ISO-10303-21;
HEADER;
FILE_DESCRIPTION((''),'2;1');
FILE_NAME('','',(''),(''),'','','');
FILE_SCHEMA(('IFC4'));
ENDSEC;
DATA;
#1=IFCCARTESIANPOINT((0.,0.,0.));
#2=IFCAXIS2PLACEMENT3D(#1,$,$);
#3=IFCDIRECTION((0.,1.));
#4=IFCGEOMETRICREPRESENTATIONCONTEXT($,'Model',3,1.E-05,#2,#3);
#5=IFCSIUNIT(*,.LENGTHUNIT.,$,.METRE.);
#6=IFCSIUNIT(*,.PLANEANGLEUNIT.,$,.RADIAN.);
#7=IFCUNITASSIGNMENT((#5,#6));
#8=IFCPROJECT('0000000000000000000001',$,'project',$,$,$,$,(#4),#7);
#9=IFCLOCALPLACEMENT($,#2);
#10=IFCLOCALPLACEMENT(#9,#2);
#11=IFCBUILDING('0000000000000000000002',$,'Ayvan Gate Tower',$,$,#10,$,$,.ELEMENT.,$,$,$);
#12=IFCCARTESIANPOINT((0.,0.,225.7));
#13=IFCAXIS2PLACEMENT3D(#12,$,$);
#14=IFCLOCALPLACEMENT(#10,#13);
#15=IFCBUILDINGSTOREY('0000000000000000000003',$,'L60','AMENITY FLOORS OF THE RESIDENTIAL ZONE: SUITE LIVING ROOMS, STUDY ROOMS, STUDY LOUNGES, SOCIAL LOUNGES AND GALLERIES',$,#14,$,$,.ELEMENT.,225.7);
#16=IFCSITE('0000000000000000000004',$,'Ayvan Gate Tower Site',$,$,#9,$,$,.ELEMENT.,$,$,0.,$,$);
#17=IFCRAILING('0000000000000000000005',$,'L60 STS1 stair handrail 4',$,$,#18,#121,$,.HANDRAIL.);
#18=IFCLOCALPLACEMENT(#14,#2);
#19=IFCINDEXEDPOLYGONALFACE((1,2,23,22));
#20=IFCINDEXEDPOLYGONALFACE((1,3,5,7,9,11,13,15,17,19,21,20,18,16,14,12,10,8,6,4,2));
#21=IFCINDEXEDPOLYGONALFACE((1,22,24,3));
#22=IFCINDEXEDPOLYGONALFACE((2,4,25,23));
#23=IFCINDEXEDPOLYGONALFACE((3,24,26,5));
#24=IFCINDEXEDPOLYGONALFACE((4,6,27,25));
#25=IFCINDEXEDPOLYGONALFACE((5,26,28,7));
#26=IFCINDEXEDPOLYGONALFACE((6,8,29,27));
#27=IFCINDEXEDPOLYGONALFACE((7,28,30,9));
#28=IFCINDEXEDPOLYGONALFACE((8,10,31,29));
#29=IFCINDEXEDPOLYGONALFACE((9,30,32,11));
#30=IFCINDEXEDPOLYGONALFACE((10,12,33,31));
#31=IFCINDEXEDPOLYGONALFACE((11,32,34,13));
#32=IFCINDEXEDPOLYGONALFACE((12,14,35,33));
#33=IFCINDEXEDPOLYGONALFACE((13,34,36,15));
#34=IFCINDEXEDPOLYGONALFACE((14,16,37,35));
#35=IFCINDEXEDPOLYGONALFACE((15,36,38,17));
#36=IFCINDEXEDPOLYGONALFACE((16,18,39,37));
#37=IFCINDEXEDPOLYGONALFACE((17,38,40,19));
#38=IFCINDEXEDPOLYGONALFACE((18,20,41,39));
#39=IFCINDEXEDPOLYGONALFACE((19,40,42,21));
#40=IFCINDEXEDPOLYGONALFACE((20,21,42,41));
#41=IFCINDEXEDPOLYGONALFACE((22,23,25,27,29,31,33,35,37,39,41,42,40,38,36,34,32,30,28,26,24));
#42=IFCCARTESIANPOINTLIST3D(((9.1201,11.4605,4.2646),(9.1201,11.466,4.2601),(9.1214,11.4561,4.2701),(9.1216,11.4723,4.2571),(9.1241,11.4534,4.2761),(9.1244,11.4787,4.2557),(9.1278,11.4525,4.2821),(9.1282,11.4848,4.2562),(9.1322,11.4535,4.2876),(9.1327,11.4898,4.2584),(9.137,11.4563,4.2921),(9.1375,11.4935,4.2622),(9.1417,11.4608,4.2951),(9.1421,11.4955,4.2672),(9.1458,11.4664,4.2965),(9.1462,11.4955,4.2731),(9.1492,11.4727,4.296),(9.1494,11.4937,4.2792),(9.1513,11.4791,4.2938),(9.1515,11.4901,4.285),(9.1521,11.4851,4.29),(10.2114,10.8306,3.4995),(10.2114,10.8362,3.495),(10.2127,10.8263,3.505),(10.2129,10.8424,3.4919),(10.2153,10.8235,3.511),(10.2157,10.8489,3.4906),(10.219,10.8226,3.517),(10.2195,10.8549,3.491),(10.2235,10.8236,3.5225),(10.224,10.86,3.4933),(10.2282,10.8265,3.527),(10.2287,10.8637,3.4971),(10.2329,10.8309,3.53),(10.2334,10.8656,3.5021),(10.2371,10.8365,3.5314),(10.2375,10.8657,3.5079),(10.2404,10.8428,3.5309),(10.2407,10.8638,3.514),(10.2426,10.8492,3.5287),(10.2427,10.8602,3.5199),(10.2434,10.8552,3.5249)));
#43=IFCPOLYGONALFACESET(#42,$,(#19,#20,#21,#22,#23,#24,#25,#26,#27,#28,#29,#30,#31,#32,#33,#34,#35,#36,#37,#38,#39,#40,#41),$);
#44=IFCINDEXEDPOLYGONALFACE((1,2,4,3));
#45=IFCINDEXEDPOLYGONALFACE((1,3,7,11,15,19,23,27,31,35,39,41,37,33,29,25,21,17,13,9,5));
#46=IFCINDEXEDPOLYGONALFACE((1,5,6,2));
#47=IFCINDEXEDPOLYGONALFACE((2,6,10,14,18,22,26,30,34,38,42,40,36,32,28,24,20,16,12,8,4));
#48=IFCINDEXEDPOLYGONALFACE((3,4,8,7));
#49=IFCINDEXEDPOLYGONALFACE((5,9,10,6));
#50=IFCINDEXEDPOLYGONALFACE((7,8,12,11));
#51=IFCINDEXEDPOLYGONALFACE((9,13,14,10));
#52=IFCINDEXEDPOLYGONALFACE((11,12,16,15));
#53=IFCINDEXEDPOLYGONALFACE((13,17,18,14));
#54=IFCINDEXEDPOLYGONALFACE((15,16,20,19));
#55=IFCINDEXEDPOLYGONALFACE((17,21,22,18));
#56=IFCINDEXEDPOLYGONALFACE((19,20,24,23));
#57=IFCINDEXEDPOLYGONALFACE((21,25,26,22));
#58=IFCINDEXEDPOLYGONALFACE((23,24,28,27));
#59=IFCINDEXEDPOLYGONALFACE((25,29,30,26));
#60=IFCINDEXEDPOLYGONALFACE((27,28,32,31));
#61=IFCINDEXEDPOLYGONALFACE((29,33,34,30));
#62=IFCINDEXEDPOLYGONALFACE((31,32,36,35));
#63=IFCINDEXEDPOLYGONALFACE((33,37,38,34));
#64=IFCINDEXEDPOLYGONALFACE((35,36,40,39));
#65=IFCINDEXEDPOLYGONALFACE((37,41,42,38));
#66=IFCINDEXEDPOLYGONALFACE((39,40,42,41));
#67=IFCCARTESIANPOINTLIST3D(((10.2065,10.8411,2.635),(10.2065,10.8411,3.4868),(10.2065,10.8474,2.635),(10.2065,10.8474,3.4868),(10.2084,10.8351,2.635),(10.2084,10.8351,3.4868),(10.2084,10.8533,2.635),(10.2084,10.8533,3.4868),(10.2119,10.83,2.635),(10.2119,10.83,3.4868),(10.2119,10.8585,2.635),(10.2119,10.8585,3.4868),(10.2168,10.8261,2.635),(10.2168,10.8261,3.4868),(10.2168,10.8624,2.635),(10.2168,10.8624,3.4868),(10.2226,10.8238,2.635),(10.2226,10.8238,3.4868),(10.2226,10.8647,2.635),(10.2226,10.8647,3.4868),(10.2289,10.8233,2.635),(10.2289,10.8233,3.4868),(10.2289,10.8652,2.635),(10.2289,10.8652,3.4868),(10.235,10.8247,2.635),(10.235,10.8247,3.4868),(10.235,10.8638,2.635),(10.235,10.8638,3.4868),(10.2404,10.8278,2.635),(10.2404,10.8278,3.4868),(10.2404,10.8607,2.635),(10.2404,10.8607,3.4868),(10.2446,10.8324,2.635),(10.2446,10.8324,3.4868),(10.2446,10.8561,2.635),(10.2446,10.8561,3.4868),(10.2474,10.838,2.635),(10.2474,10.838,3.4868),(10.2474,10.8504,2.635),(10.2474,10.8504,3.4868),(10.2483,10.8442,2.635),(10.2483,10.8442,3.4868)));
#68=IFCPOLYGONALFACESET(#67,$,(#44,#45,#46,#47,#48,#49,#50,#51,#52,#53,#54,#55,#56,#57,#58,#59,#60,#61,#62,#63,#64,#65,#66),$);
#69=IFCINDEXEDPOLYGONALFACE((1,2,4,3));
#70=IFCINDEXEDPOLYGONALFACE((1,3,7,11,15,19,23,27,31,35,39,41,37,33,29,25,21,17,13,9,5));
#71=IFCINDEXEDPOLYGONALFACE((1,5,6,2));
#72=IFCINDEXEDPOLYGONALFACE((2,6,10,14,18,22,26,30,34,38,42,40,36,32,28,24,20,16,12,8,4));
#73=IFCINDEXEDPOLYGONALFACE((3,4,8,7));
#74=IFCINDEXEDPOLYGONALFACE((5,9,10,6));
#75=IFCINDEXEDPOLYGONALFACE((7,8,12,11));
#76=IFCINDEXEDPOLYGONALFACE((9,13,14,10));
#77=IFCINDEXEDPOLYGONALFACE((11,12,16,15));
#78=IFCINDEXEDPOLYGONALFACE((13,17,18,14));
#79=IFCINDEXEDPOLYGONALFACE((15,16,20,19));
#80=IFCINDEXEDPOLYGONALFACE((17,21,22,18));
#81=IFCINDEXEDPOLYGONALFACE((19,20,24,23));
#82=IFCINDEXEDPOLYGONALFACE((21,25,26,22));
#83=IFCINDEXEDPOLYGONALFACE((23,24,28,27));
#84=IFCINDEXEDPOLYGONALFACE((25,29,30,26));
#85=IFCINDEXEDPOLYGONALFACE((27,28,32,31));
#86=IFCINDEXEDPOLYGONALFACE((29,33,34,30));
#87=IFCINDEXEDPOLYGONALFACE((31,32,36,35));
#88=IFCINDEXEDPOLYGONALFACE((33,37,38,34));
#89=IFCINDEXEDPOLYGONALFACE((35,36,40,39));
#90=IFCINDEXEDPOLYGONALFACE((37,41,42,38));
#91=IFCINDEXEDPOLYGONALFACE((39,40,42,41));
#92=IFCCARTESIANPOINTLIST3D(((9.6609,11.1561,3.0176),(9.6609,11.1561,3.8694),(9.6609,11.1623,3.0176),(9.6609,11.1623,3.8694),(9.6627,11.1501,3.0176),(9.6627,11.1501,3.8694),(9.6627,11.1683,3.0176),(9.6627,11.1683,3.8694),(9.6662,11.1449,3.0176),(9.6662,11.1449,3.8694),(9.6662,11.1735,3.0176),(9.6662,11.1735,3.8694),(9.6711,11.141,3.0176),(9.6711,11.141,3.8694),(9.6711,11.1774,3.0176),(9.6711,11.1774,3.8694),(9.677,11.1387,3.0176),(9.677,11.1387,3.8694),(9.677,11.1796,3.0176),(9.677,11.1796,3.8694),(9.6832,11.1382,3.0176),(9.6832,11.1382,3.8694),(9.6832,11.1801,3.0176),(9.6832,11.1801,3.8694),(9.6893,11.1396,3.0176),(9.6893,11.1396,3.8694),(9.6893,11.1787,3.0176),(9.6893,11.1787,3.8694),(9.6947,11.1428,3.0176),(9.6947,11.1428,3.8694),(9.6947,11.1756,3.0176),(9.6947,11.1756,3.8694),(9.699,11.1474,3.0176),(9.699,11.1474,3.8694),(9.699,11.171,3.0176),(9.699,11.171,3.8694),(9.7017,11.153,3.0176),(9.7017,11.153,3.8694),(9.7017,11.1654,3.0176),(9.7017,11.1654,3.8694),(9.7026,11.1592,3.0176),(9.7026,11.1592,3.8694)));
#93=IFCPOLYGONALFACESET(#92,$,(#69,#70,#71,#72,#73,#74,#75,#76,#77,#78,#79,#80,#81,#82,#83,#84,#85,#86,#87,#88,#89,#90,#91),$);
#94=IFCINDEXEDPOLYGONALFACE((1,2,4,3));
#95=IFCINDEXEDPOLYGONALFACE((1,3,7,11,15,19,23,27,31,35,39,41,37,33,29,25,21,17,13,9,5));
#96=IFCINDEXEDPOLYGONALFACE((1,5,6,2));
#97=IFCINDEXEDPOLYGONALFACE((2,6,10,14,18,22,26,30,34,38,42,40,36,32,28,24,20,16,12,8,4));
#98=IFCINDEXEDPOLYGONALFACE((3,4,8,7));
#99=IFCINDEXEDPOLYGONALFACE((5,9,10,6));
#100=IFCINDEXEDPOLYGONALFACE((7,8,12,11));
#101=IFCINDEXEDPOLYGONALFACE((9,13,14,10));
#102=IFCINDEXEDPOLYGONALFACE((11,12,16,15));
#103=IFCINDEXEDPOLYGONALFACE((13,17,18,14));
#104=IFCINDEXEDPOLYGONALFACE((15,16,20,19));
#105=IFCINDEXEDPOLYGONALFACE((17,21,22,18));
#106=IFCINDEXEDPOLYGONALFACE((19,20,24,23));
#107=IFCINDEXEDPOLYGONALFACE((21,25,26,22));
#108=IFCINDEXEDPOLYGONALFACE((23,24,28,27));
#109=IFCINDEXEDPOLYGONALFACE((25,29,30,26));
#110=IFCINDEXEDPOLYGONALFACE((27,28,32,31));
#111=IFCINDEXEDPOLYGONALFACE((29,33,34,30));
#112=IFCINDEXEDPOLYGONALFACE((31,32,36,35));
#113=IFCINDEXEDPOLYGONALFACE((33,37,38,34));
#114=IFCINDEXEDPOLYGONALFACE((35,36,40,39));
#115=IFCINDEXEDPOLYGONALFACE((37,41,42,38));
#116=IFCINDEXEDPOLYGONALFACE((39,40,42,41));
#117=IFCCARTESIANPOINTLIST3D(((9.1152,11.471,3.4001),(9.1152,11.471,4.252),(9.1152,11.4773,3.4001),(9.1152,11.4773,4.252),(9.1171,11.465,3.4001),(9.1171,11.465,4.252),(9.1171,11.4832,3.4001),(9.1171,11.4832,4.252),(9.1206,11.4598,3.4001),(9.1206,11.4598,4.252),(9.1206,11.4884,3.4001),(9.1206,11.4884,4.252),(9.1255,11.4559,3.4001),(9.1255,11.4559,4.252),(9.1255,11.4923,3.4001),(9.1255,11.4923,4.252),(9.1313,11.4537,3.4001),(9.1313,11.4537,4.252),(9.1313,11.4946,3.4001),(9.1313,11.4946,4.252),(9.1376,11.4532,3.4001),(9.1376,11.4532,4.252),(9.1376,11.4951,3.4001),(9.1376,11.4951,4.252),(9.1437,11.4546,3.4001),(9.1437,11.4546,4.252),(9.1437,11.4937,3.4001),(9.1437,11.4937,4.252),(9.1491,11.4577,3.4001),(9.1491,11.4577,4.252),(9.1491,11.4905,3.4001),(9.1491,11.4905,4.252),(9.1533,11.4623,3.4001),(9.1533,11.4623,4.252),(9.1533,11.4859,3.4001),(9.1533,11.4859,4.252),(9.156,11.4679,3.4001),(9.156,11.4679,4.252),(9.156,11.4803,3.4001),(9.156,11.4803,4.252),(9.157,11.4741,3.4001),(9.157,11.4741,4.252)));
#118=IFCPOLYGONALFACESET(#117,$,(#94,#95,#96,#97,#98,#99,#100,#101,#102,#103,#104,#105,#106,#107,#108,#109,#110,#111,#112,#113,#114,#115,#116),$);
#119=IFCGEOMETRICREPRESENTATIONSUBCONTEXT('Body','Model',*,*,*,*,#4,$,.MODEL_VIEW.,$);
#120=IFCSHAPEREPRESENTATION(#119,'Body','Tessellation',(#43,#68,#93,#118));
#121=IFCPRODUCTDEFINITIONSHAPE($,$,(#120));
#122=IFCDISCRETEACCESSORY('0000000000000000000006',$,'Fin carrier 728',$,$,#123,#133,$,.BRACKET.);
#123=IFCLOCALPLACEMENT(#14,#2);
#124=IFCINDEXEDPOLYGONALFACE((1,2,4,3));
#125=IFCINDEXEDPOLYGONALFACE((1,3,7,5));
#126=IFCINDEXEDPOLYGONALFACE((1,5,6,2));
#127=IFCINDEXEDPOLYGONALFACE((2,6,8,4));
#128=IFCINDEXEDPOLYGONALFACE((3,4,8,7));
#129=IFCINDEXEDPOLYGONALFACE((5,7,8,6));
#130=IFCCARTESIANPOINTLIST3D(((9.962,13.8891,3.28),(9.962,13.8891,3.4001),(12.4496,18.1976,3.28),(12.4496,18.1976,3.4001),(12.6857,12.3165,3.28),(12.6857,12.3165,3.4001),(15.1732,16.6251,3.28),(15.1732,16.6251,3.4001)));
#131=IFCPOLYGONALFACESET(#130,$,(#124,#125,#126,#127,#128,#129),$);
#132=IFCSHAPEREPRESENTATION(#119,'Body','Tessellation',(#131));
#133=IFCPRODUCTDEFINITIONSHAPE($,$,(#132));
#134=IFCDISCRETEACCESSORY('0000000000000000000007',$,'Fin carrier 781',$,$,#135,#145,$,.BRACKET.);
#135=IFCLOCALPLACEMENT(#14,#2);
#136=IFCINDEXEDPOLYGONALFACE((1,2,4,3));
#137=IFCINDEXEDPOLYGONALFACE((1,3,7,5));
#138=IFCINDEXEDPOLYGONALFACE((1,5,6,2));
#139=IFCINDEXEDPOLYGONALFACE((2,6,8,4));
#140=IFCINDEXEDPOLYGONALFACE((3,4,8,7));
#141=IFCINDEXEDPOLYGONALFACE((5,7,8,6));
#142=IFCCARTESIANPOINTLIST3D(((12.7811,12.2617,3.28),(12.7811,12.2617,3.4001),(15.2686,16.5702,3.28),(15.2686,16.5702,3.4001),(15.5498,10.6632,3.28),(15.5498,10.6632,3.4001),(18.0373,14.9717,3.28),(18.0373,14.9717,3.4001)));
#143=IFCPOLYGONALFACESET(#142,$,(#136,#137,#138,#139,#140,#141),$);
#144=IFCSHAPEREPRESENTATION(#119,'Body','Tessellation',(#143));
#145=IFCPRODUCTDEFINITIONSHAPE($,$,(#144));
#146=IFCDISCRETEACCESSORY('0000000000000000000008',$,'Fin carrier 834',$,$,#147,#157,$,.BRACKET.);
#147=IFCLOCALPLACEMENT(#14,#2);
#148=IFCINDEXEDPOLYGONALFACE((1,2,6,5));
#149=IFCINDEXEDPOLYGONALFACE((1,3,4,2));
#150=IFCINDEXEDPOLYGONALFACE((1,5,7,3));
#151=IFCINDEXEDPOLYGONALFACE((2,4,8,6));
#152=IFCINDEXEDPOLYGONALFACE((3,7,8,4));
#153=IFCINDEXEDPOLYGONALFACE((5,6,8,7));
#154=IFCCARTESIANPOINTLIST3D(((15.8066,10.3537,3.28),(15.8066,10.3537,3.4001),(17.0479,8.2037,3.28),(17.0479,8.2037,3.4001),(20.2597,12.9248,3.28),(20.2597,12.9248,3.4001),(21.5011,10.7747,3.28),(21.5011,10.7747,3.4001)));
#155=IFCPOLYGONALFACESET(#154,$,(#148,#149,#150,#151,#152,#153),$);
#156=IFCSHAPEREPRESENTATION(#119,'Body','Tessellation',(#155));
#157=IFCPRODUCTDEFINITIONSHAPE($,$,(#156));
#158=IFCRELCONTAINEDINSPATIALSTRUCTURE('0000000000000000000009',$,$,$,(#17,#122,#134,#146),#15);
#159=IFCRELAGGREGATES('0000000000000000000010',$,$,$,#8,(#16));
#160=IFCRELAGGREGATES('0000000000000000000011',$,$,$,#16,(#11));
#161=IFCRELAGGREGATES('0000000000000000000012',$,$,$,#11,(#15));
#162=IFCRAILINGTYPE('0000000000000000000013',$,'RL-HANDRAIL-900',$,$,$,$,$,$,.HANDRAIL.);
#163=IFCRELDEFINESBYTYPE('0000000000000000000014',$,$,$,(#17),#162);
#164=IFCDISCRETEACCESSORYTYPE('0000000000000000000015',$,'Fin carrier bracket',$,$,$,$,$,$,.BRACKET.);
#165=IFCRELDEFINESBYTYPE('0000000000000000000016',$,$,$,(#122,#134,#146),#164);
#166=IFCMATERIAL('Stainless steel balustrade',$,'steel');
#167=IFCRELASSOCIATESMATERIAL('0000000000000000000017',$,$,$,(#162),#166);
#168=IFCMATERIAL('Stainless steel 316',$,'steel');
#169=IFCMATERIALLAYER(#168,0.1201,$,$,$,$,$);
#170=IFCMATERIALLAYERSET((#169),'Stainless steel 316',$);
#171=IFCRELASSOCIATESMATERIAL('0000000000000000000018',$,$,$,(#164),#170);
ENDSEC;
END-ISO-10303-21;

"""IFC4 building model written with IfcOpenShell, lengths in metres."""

from ifc_helpers import new_model, si_unit, direction, frame, origin, origin_2d, place, context, subcontext, project, spatial, rectangle, circle, extrude, material, layer, layer_set, type_object, element, save


model = new_model("IFC4")

# Units and contexts
model_context = context("Model", 3, precision=1e-05, world=origin(), true_north=direction((0.0, 1.0)))
body_context = subcontext(model_context, "Body", "Model", "MODEL_VIEW")
ifc_project = project(units=[si_unit("LENGTHUNIT", "METRE"), si_unit("PLANEANGLEUNIT", "RADIAN")], contexts=[model_context])

# Site, building, storey
site_placement = place(None, origin())
site = spatial("IfcSite", under=ifc_project, at=site_placement, Name="Ayvan Gate Tower Site", CompositionType="ELEMENT", RefElevation=0.0)
building_placement = place(site_placement, origin())
building = spatial("IfcBuilding", under=site, at=building_placement, Name="Ayvan Gate Tower", CompositionType="ELEMENT")
storey_placement = place(building_placement, frame((0.0, 0.0, 225.7)))
storey = spatial("IfcBuildingStorey", under=building, at=storey_placement, Name="L60", Description="AMENITY FLOORS OF THE RESIDENTIAL ZONE: SUITE LIVING ROOMS, STUDY ROOMS, STUDY LOUNGES, SOCIAL LOUNGES AND GALLERIES", CompositionType="ELEMENT", Elevation=225.7)

# Railing
ifc_material_1 = material(Name="Stainless steel balustrade", Category="steel")
railing_type_1 = type_object("IfcRailingType", Name="RL-HANDRAIL-900", PredefinedType="HANDRAIL", material=ifc_material_1)
railing_1_placement = place(storey_placement, frame((10.2273, 10.8442, 2.635)))
element("IfcRailing", 1, at=railing_1_placement, inside=storey, type_object=railing_type_1, Name="L60 STS1 stair handrail 4", PredefinedType="HANDRAIL", context=body_context, shape_type="SweptSolid", body=[
    extrude(circle(Radius=0.0239, at=origin_2d()), frame((0.0, 0.0, 0.876), z_axis=(-0.740293, 0.427283, 0.519033), x_axis=(-0.49989, -0.866089, 0.0)), (0.0, 0.0, 1.0), 1.4741),
    extrude(circle(Radius=0.021, at=origin_2d()), origin(), (0.0, 0.0, 1.0), 0.8518),
    extrude(circle(Radius=0.021, at=origin_2d()), frame((-0.5457, 0.3149, 0.3826)), (0.0, 0.0, 1.0), 0.8518),
    extrude(circle(Radius=0.021, at=origin_2d()), frame((-1.0913, 0.6299, 0.7651)), (0.0, 0.0, 1.0), 0.8518),
])

# Discrete accessories
ifc_material_2 = material(Name="Stainless steel 316", Category="steel")
ifc_layer_1 = layer(ifc_material_2, 0.1201)
ifc_layer_set_1 = layer_set([ifc_layer_1], Name="Stainless steel 316")
discrete_accessory_type = type_object("IfcDiscreteAccessoryType", Name="Fin carrier bracket", PredefinedType="BRACKET", material=ifc_layer_set_1)
discrete_accessory_1_placement = place(storey_placement, frame((12.5676, 15.2571, 3.28), z_axis=(0.0, 0.0, 1.0), x_axis=(-0.866025, 0.5, 0.0)))
element("IfcDiscreteAccessory", 2, at=discrete_accessory_1_placement, inside=storey, type_object=discrete_accessory_type, Name="Fin carrier 728", PredefinedType="BRACKET", context=body_context, shape_type="SweptSolid", body=[
    extrude(rectangle(XDim=3.145, YDim=4.9751, at=origin_2d()), origin(), (0.0, 0.0, 1.0), 0.1201),
])
discrete_accessory_2_placement = place(storey_placement, frame((15.4092, 13.6167, 3.28), z_axis=(0.0, 0.0, 1.0), x_axis=(-0.866025, 0.5, 0.0)))
element("IfcDiscreteAccessory", 3, at=discrete_accessory_2_placement, inside=storey, type_object=discrete_accessory_type, Name="Fin carrier 781", PredefinedType="BRACKET", context=body_context, shape_type="SweptSolid", body=[
    extrude(rectangle(XDim=3.197, YDim=4.9751, at=origin_2d()), origin(), (0.0, 0.0, 1.0), 0.1201),
])
discrete_accessory_3_placement = place(storey_placement, frame((18.6538, 10.5642, 3.28), z_axis=(0.0, 0.0, 1.0), x_axis=(-0.5, 0.866025, 0.0)))
element("IfcDiscreteAccessory", 4, at=discrete_accessory_3_placement, inside=storey, type_object=discrete_accessory_type, Name="Fin carrier 834", PredefinedType="BRACKET", context=body_context, shape_type="SweptSolid", body=[
    extrude(rectangle(XDim=2.4827, YDim=5.1421, at=origin_2d()), origin(), (0.0, 0.0, 1.0), 0.1201),
])

save(model, "model.ifc")
